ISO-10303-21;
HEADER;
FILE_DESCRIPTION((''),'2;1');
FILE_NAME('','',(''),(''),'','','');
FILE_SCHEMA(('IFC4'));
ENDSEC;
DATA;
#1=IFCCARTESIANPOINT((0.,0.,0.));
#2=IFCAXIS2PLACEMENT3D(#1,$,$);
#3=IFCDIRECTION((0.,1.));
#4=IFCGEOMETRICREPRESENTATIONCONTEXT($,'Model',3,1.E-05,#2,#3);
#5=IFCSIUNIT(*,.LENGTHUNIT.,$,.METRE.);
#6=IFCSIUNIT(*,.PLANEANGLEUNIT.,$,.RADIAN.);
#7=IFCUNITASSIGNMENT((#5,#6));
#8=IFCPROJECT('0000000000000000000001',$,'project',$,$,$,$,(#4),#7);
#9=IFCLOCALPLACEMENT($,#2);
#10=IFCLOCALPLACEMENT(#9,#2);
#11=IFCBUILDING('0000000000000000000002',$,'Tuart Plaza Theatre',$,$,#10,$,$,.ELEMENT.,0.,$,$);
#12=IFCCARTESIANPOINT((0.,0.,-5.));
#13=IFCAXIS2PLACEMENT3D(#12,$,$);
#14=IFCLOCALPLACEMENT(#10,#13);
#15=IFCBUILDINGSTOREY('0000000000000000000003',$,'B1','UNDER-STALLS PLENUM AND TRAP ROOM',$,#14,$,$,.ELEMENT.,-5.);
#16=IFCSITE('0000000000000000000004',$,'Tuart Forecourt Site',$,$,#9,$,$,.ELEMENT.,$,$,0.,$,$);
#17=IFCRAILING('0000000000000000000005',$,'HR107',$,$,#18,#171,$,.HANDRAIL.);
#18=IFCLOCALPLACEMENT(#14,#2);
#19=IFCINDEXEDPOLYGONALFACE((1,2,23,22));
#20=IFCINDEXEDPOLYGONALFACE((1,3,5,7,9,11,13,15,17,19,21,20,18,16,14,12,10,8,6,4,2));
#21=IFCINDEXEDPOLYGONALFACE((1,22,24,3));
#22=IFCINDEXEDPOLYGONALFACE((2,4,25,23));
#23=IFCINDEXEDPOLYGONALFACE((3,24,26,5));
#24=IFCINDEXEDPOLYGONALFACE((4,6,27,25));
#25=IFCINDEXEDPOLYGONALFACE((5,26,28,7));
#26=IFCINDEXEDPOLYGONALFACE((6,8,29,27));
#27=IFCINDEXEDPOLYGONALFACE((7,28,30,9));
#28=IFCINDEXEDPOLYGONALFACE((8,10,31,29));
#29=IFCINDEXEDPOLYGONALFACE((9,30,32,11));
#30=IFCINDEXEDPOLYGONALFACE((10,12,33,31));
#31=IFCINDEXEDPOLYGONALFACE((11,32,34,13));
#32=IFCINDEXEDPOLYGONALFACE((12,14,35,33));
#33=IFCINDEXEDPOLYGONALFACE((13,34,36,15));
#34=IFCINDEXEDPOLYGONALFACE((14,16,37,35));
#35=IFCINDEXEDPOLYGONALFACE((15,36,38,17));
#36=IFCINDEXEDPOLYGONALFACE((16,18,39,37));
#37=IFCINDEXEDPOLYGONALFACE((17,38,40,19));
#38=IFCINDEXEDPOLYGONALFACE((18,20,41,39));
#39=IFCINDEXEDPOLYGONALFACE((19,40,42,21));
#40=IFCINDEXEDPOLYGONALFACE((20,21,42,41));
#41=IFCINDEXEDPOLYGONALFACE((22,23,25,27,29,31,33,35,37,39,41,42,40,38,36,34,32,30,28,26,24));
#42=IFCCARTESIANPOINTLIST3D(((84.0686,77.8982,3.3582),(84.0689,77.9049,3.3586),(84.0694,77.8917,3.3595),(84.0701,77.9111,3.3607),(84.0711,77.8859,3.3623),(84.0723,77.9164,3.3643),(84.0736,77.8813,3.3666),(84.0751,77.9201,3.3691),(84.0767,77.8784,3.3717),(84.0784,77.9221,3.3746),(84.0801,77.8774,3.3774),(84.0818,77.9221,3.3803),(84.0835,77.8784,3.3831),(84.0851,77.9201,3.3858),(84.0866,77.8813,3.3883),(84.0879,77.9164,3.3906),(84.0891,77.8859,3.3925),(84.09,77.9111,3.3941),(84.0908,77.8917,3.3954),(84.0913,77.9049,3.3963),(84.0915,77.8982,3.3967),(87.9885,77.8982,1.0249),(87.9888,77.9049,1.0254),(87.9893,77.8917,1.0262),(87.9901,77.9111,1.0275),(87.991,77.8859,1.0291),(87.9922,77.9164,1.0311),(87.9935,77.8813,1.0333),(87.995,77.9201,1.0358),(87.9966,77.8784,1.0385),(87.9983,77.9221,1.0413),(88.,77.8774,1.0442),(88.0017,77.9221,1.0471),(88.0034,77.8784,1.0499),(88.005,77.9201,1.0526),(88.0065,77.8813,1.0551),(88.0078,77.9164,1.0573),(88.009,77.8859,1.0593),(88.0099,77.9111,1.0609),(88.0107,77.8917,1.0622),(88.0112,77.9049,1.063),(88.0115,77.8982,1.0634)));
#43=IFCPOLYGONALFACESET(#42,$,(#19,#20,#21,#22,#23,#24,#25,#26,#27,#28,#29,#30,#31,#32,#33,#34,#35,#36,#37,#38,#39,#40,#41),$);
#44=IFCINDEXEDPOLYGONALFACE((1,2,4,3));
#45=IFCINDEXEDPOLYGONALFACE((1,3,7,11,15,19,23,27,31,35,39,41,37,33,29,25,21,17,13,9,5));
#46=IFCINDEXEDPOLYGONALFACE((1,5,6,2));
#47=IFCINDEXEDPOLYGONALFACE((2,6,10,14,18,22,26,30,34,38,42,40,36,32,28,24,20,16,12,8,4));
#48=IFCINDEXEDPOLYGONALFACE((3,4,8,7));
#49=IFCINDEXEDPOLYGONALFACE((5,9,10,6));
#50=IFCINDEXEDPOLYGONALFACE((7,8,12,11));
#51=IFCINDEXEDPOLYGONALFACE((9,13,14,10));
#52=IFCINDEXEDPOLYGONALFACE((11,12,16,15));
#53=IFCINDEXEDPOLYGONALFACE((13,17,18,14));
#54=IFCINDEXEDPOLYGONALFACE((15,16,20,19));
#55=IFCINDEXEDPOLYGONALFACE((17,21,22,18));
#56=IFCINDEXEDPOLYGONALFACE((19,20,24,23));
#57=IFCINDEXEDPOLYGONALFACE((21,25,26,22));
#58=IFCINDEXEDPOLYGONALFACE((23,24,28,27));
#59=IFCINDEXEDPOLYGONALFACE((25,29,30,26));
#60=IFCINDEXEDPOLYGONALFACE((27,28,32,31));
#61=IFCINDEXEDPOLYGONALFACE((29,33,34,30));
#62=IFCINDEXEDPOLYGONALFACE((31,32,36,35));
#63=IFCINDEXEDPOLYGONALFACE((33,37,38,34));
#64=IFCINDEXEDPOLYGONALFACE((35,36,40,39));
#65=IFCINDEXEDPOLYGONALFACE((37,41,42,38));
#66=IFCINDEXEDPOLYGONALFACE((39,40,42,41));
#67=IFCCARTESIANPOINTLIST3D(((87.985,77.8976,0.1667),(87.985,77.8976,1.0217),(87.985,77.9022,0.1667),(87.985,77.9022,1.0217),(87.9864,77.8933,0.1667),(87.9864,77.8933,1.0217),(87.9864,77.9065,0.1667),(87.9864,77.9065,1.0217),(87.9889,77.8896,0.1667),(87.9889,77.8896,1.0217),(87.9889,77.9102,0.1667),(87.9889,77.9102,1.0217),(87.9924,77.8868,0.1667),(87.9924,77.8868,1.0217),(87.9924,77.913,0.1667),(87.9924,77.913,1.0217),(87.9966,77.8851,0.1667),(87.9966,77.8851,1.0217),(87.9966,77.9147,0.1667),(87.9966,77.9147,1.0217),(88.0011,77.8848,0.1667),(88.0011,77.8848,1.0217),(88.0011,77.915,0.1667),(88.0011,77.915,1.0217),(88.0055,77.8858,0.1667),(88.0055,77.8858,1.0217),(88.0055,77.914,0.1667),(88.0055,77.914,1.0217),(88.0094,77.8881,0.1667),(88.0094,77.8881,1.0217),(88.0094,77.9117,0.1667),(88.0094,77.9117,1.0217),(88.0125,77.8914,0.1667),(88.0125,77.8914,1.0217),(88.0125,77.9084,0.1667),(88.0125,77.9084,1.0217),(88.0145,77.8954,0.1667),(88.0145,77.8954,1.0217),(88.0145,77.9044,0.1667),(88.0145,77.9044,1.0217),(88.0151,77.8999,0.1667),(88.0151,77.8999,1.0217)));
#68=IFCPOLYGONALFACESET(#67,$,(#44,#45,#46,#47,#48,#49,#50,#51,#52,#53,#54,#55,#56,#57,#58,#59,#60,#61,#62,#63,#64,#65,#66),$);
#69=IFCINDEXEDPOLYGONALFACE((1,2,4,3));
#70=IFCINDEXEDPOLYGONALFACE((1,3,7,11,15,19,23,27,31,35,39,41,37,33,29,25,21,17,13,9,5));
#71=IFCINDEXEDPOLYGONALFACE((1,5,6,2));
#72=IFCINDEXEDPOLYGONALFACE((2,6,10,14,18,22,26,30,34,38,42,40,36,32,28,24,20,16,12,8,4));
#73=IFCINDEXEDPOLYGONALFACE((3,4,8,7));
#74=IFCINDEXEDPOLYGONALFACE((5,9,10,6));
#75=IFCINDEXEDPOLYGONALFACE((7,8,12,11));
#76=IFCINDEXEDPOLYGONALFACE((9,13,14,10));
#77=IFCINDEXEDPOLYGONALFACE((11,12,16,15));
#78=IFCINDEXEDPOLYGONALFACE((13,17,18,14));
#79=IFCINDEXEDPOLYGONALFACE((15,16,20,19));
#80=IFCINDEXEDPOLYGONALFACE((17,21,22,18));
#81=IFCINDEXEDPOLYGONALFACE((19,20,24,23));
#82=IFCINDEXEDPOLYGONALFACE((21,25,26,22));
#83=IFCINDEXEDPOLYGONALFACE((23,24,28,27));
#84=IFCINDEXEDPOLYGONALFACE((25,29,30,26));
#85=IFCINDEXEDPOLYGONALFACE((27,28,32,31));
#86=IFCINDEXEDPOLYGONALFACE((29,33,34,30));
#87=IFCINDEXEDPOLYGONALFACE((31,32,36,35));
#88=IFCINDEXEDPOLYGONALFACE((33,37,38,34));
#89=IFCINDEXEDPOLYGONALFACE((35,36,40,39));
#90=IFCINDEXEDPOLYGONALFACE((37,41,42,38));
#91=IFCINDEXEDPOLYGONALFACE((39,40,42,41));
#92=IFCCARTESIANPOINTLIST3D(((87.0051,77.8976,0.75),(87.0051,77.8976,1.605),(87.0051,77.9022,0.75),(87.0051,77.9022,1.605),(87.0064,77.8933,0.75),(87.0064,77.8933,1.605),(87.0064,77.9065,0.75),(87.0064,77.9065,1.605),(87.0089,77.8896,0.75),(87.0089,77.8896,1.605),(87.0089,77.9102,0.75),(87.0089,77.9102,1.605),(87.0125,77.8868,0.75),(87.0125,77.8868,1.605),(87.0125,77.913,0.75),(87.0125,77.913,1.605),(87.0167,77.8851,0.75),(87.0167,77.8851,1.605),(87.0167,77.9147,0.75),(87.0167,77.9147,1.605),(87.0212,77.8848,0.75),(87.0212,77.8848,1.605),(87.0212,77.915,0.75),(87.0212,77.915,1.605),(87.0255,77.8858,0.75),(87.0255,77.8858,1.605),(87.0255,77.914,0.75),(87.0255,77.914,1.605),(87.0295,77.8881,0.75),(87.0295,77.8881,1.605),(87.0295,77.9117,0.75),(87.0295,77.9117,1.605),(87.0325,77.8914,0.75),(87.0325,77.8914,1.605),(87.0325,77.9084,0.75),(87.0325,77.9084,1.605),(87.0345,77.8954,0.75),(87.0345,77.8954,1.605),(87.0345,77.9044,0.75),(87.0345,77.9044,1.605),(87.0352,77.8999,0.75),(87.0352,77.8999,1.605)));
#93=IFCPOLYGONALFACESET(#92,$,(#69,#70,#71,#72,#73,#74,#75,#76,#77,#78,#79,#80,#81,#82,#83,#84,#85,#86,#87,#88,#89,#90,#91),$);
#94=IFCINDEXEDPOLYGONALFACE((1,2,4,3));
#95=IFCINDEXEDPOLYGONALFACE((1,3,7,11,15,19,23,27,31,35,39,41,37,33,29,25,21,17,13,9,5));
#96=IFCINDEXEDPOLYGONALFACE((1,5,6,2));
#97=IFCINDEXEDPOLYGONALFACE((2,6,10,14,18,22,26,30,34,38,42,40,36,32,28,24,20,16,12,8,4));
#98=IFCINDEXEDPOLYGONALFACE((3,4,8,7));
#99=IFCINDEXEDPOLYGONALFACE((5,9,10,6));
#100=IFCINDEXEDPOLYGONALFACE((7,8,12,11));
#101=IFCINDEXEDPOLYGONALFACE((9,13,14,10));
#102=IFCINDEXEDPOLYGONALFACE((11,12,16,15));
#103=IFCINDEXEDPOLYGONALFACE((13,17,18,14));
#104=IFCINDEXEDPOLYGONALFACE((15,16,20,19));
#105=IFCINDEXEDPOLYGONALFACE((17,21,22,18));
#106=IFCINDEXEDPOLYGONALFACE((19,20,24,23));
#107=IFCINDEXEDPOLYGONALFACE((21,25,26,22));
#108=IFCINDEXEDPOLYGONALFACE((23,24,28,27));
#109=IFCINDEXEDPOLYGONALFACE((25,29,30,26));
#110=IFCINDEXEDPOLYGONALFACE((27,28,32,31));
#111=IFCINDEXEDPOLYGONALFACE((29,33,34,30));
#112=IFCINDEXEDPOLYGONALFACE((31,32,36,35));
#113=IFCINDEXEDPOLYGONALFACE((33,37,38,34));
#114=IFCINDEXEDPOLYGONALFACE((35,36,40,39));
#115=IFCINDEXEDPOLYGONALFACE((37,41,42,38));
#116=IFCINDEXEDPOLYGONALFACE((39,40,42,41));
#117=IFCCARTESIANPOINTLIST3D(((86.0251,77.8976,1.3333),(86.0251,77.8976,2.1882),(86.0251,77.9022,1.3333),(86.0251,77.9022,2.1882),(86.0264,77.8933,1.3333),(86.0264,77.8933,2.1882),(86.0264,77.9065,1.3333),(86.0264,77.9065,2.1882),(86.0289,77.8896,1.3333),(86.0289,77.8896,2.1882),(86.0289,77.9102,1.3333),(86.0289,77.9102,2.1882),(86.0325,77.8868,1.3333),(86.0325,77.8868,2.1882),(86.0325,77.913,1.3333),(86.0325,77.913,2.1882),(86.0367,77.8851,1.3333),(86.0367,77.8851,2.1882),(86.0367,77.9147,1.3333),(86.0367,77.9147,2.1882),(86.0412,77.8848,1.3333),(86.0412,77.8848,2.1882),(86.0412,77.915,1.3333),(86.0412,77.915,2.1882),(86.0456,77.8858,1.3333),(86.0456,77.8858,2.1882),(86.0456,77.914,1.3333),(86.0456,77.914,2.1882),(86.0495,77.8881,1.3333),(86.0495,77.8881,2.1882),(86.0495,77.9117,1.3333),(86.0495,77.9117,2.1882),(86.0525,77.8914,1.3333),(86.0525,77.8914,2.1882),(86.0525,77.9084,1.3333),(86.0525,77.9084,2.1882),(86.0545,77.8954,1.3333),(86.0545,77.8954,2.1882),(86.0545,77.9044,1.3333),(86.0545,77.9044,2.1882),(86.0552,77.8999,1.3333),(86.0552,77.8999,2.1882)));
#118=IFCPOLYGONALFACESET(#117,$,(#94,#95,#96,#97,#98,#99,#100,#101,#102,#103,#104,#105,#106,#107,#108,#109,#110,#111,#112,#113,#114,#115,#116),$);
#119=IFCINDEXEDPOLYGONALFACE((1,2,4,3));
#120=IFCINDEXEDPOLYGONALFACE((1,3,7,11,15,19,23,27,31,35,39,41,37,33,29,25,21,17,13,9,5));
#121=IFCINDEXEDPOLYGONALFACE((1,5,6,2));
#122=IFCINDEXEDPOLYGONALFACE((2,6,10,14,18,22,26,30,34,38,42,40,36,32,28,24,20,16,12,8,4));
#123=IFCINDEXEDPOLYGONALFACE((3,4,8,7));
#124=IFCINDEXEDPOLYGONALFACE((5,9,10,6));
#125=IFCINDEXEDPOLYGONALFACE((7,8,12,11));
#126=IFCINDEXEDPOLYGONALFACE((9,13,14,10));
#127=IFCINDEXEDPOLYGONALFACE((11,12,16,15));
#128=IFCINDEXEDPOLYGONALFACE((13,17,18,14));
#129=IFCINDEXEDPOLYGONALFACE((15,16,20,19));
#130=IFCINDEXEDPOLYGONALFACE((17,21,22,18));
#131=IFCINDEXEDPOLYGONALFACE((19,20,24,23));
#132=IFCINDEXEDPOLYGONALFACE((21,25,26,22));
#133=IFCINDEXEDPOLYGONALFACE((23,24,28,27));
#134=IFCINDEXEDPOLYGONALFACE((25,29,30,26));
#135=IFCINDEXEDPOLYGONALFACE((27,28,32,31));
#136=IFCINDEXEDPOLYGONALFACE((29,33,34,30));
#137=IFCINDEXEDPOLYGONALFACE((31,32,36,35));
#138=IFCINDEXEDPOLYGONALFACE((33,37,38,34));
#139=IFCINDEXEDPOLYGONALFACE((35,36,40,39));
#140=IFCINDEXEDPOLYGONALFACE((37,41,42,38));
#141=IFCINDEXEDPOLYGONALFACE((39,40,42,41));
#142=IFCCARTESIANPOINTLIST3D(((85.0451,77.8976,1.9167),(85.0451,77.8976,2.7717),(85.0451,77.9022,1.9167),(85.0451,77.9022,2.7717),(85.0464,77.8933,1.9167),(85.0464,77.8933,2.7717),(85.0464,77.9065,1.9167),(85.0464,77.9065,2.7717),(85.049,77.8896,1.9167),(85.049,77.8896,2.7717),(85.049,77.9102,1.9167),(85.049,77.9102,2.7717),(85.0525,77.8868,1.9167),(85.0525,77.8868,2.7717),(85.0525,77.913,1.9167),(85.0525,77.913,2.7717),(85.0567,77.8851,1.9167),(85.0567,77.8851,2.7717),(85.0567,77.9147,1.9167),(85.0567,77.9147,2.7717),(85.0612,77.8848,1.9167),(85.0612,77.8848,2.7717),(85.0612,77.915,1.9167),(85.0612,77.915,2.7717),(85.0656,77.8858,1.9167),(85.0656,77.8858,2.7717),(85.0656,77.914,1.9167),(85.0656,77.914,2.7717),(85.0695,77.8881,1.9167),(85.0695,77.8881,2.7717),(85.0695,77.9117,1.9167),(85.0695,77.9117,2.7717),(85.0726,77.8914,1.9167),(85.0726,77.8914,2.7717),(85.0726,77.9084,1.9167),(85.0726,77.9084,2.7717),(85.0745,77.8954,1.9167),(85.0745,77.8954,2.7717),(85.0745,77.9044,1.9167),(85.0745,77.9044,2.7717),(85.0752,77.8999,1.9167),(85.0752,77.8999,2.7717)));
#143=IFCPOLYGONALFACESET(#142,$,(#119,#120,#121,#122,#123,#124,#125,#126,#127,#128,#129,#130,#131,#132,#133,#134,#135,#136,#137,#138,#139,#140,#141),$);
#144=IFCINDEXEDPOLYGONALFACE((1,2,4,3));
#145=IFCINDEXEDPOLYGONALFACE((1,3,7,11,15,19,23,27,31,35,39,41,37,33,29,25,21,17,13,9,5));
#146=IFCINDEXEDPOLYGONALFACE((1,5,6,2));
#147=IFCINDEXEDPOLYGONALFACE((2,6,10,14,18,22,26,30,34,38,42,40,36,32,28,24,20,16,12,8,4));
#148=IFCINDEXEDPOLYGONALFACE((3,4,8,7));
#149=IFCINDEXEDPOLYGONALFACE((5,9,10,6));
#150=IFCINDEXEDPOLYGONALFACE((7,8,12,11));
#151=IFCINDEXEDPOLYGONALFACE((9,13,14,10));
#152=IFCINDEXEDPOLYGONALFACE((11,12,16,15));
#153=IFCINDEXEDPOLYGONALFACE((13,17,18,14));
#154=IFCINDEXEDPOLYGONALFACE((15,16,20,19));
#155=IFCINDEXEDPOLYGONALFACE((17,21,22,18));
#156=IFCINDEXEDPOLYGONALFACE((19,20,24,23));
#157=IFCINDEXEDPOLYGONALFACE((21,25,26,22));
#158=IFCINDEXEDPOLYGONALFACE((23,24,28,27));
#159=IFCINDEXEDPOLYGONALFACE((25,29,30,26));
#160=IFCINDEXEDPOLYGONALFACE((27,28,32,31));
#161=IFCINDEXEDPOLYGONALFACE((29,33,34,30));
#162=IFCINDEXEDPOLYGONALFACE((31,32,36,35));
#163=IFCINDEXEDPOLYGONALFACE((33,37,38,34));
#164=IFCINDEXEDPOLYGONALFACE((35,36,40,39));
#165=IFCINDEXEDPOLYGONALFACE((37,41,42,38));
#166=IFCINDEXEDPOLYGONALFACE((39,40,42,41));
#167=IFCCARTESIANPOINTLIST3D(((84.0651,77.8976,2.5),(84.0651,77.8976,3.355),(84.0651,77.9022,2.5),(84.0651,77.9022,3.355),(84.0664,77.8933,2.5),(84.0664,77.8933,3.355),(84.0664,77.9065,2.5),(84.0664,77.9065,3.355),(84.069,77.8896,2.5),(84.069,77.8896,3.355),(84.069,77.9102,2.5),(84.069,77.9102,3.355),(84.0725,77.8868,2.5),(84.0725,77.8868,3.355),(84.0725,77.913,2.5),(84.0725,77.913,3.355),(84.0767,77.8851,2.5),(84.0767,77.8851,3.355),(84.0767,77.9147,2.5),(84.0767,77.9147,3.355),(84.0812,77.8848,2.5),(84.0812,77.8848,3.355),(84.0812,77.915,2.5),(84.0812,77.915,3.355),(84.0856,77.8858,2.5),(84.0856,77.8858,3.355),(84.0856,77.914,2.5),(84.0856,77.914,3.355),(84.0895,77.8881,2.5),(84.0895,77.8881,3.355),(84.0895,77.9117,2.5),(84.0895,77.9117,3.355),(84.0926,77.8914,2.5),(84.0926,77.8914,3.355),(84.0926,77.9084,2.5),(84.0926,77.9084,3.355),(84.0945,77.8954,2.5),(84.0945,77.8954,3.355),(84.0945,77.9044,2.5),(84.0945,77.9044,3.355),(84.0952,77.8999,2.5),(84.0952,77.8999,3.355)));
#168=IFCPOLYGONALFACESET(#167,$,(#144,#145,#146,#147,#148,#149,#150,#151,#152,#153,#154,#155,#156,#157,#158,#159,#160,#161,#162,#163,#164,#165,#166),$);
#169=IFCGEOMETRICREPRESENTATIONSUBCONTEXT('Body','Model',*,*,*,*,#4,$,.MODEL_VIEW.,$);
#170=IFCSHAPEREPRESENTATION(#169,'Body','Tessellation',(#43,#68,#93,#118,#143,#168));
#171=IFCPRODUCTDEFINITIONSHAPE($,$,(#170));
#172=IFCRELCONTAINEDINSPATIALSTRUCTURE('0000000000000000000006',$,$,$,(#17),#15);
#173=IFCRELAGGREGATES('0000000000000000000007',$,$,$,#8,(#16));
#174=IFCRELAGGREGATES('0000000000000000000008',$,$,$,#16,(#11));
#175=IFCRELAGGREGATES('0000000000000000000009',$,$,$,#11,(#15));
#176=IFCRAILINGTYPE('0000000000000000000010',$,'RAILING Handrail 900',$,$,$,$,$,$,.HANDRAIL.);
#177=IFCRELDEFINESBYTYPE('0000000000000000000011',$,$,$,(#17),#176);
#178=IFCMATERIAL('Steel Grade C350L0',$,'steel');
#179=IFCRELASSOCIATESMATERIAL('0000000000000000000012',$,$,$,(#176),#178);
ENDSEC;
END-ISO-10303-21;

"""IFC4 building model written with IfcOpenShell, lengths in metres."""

from ifc_helpers import new_model, si_unit, direction, frame, origin, origin_2d, place, context, subcontext, project, spatial, circle, extrude, material, type_object, element, save


model = new_model("IFC4")

# Units and contexts
model_context = context("Model", 3, precision=1e-05, world=origin(), true_north=direction((0.0, 1.0)))
body_context = subcontext(model_context, "Body", "Model", "MODEL_VIEW")
ifc_project = project(units=[si_unit("LENGTHUNIT", "METRE"), si_unit("PLANEANGLEUNIT", "RADIAN")], contexts=[model_context])

# Site, building, storey
site_placement = place(None, origin())
site = spatial("IfcSite", under=ifc_project, at=site_placement, Name="Tuart Forecourt Site", CompositionType="ELEMENT", RefElevation=0.0)
building_placement = place(site_placement, origin())
building = spatial("IfcBuilding", under=site, at=building_placement, Name="Tuart Plaza Theatre", CompositionType="ELEMENT", ElevationOfRefHeight=0.0)
storey_placement = place(building_placement, frame((0.0, 0.0, -5.0)))
storey = spatial("IfcBuildingStorey", under=building, at=storey_placement, Name="B1", Description="UNDER-STALLS PLENUM AND TRAP ROOM", CompositionType="ELEMENT", Elevation=-5.0)

# Railing
ifc_material_1 = material(Name="Steel Grade C350L0", Category="steel")
railing_type_1 = type_object("IfcRailingType", Name="RAILING Handrail 900", PredefinedType="HANDRAIL", material=ifc_material_1)
for number, where, name in (
    (1, (88.0, 77.8999, 0.1667), "HR107"),
):
    element("IfcRailing", number, at=place(storey_placement, frame(where)), inside=storey, type_object=railing_type_1, Name=name, PredefinedType="HANDRAIL", context=body_context, shape_type="SweptSolid", body=[
        extrude(circle(Radius=0.0225, at=origin_2d()), frame((0.0, 0.0, 0.8774), z_axis=(-0.859296, 0.0, 0.511478), x_axis=(0.0, -1.0, 0.0)), (0.0, 0.0, 1.0), 4.5618),
        extrude(circle(Radius=0.0151, at=origin_2d()), origin(), (0.0, 0.0, 1.0), 0.855),
        extrude(circle(Radius=0.0151, at=origin_2d()), frame((-0.98, 0.0, 0.5833)), (0.0, 0.0, 1.0), 0.855),
        extrude(circle(Radius=0.0151, at=origin_2d()), frame((-1.96, 0.0, 1.1665)), (0.0, 0.0, 1.0), 0.855),
        extrude(circle(Radius=0.0151, at=origin_2d()), frame((-2.9399, 0.0, 1.75)), (0.0, 0.0, 1.0), 0.855),
        extrude(circle(Radius=0.0151, at=origin_2d()), frame((-3.9199, 0.0, 2.3333)), (0.0, 0.0, 1.0), 0.855),
    ])

save(model, "model.ifc")
